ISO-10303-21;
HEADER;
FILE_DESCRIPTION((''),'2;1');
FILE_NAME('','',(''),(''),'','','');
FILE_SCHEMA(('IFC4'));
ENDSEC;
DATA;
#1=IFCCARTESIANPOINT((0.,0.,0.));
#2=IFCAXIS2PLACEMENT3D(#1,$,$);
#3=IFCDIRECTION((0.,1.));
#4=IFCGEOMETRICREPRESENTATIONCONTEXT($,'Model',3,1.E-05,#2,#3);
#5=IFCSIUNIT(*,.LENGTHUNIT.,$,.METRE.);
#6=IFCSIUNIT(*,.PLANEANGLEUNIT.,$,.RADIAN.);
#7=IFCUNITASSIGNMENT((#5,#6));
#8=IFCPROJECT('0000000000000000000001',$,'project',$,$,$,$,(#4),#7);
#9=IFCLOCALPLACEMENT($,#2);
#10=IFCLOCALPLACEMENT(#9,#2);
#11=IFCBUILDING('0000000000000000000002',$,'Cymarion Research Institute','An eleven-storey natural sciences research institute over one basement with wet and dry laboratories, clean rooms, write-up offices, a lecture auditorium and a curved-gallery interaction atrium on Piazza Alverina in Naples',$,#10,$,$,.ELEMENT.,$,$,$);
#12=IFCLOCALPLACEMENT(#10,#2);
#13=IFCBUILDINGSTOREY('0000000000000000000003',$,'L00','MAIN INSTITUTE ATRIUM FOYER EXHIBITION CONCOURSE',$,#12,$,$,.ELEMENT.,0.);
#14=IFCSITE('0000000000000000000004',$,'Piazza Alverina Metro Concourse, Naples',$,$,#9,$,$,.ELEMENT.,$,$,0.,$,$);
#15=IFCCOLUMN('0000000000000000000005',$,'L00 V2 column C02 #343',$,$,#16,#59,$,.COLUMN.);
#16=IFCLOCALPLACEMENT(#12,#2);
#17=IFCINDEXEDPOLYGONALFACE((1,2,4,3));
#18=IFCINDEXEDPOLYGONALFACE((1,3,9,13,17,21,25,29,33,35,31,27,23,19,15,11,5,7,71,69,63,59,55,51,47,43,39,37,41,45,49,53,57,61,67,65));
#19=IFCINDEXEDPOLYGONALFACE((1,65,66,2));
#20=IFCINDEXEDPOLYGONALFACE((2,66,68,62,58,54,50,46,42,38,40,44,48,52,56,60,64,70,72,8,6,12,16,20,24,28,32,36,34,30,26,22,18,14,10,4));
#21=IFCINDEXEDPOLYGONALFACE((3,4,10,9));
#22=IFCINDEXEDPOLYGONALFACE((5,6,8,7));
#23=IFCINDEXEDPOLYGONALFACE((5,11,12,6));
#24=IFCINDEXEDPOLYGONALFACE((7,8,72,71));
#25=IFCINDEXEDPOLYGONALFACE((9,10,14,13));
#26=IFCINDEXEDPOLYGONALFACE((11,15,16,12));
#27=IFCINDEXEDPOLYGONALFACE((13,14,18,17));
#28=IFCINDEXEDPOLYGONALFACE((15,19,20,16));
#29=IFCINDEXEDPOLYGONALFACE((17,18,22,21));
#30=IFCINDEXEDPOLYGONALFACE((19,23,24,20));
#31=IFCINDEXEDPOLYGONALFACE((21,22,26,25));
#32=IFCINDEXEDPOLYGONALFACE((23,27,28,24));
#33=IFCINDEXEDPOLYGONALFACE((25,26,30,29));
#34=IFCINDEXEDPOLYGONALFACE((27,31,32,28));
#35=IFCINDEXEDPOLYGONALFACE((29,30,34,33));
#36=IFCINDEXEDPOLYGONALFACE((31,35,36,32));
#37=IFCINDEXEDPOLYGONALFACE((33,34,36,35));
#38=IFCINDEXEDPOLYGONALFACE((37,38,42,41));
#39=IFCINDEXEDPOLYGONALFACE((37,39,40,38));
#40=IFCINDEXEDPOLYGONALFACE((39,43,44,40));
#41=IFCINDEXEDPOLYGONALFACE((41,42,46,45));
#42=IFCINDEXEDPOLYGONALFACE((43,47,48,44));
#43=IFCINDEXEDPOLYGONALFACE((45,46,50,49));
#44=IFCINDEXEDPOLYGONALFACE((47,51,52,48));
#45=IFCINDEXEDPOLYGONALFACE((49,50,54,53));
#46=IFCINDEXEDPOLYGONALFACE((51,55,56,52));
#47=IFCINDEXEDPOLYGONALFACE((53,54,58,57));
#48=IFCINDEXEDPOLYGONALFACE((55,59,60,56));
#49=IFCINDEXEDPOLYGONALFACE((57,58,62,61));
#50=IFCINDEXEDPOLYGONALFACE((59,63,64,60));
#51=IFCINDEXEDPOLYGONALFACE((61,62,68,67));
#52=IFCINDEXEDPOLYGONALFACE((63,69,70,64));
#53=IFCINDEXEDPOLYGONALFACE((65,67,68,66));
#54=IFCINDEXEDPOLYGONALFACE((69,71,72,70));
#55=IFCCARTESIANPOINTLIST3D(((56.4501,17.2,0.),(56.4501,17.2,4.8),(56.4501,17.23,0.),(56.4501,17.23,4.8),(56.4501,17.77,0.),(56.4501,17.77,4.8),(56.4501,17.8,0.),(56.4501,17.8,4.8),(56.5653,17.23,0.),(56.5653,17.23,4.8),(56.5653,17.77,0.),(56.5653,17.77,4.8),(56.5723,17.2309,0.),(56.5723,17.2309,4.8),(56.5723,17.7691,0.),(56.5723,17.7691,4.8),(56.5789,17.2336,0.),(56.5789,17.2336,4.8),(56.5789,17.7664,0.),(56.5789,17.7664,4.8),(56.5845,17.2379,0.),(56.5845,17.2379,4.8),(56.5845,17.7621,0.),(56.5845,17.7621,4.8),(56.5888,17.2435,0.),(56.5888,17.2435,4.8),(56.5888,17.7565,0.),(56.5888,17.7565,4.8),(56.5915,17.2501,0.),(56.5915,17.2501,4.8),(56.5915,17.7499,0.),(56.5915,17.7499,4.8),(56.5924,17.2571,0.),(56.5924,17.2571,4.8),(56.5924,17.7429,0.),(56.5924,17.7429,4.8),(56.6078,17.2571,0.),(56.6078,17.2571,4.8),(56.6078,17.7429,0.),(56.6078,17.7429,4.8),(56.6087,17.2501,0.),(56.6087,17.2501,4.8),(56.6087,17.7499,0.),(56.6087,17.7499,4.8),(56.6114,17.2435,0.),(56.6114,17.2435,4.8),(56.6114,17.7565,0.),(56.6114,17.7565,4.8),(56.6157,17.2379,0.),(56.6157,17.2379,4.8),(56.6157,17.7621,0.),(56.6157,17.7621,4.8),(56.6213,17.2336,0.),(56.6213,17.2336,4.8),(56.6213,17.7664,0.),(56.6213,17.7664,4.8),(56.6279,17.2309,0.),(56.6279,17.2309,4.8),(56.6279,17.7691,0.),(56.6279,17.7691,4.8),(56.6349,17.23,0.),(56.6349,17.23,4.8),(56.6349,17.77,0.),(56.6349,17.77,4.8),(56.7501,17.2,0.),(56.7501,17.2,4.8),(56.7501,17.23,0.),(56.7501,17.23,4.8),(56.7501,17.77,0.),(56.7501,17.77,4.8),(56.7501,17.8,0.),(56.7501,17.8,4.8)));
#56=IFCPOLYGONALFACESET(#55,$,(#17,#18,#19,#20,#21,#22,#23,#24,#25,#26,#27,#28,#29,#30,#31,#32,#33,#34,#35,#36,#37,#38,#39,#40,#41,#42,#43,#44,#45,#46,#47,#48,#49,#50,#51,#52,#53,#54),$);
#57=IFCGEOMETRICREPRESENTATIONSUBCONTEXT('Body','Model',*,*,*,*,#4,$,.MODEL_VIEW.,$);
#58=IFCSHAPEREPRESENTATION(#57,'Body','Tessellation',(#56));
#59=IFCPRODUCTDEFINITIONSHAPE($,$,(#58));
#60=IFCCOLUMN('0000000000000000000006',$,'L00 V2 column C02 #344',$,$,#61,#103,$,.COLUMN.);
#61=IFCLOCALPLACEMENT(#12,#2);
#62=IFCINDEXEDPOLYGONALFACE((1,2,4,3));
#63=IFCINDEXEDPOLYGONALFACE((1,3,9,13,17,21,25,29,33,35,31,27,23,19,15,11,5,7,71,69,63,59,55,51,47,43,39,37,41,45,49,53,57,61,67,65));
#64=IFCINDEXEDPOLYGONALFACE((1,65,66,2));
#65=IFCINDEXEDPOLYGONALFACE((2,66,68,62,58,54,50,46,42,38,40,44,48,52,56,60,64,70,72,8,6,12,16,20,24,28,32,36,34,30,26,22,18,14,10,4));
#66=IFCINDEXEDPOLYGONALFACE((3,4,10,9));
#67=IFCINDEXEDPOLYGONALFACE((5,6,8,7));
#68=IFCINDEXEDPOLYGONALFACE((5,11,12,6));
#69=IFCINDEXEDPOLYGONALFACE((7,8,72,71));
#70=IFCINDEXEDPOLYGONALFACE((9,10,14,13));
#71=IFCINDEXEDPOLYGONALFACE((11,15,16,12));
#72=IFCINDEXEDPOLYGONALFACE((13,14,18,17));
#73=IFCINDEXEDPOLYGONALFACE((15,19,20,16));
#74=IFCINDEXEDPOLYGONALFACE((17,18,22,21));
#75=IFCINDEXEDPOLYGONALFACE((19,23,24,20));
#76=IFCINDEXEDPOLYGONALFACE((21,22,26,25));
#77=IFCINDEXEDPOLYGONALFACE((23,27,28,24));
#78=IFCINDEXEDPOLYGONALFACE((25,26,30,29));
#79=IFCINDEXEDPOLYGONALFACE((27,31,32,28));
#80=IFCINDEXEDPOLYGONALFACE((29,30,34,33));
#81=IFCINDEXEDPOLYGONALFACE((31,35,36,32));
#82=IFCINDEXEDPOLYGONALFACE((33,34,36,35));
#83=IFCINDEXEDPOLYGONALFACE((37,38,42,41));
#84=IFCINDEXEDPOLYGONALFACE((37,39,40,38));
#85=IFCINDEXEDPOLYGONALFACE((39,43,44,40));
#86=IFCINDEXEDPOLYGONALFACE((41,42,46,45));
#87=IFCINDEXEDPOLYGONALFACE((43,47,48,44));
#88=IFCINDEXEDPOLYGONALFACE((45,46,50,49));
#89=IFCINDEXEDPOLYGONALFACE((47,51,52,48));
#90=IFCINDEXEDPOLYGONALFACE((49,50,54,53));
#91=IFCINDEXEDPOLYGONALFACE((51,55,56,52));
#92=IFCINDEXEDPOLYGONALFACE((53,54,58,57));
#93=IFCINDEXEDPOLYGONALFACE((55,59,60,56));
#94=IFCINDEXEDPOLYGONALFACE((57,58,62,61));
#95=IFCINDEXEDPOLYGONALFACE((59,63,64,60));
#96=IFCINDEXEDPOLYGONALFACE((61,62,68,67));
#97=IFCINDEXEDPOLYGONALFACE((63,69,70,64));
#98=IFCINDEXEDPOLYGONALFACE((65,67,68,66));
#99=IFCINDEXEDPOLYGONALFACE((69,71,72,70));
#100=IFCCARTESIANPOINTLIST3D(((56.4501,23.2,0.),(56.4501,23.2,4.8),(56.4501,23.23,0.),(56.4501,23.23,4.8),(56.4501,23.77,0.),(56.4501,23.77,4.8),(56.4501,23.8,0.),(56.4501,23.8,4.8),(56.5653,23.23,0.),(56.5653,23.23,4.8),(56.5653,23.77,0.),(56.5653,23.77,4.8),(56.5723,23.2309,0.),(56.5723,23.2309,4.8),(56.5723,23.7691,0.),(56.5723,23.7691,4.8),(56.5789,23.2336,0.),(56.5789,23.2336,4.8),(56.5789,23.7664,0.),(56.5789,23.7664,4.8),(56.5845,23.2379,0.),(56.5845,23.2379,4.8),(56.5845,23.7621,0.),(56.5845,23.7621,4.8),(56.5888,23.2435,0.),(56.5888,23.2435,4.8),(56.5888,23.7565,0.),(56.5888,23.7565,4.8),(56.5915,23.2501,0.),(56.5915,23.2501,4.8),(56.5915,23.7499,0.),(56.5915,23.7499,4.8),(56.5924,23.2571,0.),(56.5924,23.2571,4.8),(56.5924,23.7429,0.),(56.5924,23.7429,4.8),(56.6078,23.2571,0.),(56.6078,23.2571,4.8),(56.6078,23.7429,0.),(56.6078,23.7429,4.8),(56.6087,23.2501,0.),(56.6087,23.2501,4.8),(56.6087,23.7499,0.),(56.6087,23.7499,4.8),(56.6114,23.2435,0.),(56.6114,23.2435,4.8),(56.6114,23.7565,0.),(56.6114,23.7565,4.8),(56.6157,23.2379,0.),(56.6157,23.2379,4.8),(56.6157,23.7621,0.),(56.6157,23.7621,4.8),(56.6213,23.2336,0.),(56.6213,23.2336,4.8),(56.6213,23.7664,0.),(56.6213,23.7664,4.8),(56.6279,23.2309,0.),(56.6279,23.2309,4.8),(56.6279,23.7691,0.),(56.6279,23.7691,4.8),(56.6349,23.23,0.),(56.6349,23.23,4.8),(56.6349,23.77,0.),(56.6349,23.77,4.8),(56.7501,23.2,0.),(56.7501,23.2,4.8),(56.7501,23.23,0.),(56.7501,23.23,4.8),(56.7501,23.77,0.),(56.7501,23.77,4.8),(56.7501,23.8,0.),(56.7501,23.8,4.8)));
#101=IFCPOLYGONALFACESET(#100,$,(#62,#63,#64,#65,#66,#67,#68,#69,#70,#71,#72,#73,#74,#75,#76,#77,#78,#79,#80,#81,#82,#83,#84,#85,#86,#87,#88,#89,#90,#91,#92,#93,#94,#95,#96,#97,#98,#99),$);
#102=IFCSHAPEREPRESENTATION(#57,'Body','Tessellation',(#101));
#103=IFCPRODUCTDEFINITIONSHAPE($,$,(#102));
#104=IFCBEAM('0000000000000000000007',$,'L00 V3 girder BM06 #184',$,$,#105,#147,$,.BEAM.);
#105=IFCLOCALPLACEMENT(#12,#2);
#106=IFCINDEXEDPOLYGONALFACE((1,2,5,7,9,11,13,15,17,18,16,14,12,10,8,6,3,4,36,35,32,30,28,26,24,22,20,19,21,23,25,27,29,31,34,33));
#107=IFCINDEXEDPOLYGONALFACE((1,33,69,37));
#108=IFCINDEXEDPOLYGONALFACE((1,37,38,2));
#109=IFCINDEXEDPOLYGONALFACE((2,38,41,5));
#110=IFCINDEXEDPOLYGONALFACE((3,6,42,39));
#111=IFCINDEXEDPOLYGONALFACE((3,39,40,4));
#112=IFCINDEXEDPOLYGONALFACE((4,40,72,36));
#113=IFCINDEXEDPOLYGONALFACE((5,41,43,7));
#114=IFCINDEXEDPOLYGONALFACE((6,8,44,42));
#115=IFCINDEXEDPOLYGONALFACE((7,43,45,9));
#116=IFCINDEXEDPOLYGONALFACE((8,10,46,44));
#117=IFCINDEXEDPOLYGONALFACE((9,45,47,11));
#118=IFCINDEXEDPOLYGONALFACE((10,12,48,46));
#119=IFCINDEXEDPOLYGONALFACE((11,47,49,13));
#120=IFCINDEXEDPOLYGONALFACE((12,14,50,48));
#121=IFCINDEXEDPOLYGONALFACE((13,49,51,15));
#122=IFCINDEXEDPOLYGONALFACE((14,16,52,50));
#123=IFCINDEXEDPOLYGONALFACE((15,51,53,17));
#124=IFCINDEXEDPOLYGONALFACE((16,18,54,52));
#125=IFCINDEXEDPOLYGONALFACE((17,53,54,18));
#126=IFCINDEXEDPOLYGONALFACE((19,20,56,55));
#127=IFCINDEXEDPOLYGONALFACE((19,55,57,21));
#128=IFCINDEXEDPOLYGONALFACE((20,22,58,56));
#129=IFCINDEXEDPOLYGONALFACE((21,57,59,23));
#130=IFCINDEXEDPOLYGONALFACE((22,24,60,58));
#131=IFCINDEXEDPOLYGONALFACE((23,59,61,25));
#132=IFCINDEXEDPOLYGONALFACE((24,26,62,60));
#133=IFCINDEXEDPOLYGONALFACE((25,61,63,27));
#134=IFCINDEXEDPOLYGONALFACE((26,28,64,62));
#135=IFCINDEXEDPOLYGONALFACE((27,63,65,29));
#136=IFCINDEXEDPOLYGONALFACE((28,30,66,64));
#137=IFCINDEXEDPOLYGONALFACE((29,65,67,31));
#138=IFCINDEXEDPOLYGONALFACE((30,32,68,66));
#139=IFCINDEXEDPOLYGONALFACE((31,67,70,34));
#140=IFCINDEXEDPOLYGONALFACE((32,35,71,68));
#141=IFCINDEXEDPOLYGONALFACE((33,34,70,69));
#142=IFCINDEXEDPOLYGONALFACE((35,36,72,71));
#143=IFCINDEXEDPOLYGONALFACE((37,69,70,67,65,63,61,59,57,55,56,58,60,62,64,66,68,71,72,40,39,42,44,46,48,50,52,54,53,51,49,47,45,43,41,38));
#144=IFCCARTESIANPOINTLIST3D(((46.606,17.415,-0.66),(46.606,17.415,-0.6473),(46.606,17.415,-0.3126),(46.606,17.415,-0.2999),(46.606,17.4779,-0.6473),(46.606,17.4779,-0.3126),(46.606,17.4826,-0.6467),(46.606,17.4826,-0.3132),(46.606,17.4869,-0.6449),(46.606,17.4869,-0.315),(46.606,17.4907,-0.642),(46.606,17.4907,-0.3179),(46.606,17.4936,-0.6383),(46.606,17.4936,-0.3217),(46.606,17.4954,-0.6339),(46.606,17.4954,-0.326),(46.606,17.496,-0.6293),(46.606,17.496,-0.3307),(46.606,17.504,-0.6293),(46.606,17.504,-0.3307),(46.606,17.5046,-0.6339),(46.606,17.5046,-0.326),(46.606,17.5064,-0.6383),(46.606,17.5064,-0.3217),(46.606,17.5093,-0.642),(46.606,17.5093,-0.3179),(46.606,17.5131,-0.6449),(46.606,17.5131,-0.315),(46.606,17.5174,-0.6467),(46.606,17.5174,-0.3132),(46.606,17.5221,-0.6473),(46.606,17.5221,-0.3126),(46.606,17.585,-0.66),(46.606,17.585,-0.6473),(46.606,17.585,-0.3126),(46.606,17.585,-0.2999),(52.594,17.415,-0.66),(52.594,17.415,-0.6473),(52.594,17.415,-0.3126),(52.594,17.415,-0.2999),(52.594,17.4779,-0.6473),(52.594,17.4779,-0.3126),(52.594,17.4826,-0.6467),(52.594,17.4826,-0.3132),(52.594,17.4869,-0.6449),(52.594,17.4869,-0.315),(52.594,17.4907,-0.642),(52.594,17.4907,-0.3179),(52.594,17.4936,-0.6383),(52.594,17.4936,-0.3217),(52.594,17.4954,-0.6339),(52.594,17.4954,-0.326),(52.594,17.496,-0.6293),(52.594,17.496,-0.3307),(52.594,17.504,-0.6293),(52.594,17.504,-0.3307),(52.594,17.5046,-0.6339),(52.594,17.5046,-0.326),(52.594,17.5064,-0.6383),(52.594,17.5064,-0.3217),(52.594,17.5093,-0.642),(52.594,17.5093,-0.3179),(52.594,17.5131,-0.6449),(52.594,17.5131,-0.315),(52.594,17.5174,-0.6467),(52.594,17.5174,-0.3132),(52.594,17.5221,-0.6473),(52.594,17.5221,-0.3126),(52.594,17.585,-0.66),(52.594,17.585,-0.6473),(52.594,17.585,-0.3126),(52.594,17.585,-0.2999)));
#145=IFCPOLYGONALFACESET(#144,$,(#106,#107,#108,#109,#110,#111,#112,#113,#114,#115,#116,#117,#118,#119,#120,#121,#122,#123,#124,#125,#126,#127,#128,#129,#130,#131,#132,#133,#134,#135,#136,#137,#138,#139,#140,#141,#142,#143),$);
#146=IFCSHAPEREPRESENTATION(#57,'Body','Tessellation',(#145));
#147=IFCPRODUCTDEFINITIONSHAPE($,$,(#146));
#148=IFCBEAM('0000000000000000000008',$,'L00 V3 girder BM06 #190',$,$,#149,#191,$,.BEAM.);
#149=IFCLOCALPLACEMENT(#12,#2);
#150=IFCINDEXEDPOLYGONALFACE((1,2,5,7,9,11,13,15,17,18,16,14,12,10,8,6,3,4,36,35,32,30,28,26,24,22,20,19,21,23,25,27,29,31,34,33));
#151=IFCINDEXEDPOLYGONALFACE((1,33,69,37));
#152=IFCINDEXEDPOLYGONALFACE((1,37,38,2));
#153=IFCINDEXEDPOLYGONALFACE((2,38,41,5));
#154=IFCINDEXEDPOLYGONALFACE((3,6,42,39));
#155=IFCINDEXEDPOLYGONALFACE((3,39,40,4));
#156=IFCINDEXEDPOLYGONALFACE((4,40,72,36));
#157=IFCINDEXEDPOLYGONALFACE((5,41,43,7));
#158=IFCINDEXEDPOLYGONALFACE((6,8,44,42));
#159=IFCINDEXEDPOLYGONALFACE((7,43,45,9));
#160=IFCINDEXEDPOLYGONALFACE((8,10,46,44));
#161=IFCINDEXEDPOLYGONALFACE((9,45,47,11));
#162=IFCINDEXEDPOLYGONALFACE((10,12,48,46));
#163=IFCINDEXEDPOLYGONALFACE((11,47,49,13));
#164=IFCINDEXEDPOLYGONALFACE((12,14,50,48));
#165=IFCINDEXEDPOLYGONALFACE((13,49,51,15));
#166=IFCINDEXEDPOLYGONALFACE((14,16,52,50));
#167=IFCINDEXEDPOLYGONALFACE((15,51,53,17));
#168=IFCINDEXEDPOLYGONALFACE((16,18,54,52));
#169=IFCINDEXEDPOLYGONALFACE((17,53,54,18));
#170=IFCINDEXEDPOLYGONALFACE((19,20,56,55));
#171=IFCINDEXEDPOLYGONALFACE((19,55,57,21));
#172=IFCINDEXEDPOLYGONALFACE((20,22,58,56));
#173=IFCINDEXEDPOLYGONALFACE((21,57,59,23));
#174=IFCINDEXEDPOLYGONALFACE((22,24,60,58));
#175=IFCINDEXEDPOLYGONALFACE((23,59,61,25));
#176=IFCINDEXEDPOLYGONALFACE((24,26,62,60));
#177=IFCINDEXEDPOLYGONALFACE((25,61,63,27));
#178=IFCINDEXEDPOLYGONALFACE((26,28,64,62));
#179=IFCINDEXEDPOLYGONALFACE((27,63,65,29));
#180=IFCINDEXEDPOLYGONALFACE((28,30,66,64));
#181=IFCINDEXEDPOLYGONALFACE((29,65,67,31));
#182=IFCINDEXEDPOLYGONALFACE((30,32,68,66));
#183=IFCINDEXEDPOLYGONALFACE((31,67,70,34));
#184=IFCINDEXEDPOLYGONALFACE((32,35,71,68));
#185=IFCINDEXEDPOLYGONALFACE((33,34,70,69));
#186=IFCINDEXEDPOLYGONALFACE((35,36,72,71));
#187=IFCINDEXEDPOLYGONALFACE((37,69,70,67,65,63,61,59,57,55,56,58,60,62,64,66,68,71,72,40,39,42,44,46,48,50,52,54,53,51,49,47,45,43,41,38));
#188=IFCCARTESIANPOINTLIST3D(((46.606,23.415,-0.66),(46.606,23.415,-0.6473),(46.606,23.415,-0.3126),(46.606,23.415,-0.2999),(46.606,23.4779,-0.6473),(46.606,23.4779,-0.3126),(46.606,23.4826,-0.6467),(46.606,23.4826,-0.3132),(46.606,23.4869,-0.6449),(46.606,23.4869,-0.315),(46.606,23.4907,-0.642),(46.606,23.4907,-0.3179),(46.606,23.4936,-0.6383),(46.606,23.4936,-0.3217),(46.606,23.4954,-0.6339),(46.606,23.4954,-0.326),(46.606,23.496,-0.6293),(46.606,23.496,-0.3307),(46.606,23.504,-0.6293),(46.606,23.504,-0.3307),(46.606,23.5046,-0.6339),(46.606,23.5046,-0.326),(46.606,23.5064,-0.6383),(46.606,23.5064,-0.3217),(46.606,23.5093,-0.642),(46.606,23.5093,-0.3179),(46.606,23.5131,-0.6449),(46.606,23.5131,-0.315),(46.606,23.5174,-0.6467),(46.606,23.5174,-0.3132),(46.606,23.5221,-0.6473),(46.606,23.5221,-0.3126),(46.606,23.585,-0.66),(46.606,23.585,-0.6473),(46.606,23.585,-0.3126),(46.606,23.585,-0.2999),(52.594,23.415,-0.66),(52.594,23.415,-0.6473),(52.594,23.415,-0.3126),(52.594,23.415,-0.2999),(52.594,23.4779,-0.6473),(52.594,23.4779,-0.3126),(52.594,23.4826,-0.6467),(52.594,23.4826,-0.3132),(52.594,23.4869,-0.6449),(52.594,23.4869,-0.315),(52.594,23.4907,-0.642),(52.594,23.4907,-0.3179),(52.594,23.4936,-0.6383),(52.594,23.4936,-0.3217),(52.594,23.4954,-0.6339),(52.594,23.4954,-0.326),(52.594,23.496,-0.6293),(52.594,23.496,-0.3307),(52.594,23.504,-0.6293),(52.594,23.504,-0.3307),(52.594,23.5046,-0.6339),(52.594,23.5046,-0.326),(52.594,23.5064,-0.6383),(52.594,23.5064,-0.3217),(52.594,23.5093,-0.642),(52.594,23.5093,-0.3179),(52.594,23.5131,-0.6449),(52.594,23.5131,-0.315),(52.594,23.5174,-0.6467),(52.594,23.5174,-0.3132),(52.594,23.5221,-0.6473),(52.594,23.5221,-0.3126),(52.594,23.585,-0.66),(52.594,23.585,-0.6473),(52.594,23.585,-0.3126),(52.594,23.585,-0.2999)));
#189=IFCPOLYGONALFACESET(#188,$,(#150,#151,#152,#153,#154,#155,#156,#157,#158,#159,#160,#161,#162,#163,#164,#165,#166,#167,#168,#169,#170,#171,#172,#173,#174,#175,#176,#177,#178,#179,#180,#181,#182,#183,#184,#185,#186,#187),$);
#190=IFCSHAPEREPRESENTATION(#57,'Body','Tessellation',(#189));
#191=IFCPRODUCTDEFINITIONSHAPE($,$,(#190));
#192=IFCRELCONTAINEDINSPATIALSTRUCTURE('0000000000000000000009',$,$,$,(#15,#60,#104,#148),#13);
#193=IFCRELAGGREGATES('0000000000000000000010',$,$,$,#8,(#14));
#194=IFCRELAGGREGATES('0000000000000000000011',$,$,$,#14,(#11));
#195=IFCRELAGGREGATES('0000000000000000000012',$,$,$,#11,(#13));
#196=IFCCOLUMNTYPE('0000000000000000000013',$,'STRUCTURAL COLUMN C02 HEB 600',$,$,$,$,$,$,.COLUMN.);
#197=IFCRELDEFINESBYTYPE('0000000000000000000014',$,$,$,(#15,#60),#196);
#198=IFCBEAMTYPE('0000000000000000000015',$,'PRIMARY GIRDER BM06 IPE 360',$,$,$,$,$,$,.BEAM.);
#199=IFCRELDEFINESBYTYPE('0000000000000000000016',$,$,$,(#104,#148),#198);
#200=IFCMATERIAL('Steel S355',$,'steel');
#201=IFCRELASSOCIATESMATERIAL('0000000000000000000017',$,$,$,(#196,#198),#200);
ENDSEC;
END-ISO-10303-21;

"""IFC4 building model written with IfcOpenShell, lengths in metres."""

from ifc_helpers import new_model, si_unit, direction, frame, origin, origin_2d, place, context, subcontext, project, spatial, i_section, extrude, material, material_profile, profile_set, type_object, element, save


model = new_model("IFC4")

# Units and contexts
model_context = context("Model", 3, precision=1e-05, world=origin(), true_north=direction((0.0, 1.0)))
body_context = subcontext(model_context, "Body", "Model", "MODEL_VIEW")
ifc_project = project(units=[si_unit("LENGTHUNIT", "METRE"), si_unit("PLANEANGLEUNIT", "RADIAN")], contexts=[model_context])

# Site, building, storey
site_placement = place(None, origin())
site = spatial("IfcSite", under=ifc_project, at=site_placement, Name="Piazza Alverina Metro Concourse, Naples", CompositionType="ELEMENT", RefElevation=0.0)
building_placement = place(site_placement, origin())
building = spatial("IfcBuilding", under=site, at=building_placement, Name="Cymarion Research Institute", Description="An eleven-storey natural sciences research institute over one basement with wet and dry laboratories, clean rooms, write-up offices, a lecture auditorium and a curved-gallery interaction atrium on Piazza Alverina in Naples", CompositionType="ELEMENT")
storey_placement = place(building_placement, origin())
storey = spatial("IfcBuildingStorey", under=building, at=storey_placement, Name="L00", Description="MAIN INSTITUTE ATRIUM FOYER EXHIBITION CONCOURSE", CompositionType="ELEMENT", Elevation=0.0)

# Columns
ifc_material_1 = material(Name="Steel S355", Category="steel")
ifc_material_profile_1 = material_profile(ifc_material_1, i_section(OverallWidth=0.3, OverallDepth=0.6001, WebThickness=0.0154, FlangeThickness=0.03, FilletRadius=0.0271, at=origin_2d()), Name="HEB 600")
ifc_profile_set_1 = profile_set([ifc_material_profile_1], Name="Steel S355")
column_type = type_object("IfcColumnType", Name="STRUCTURAL COLUMN C02 HEB 600", PredefinedType="COLUMN", material=ifc_profile_set_1)
for number, where, z_axis, x_axis, name in (
    (1, (56.6001, 17.5, 0.0), (0.0, 0.0, 1.0), (1.0, 0.0, 0.0), "L00 V2 column C02 #343"),
    (2, (56.6001, 23.5, 0.0), (0.0, 0.0, 1.0), (1.0, 0.0, 0.0), "L00 V2 column C02 #344"),
):
    element("IfcColumn", number, at=place(storey_placement, frame(where, z_axis=z_axis, x_axis=x_axis)), inside=storey, type_object=column_type, Name=name, PredefinedType="COLUMN", context=body_context, shape_type="SweptSolid", body=[
        extrude(i_section(OverallWidth=0.3, OverallDepth=0.6001, WebThickness=0.0154, FlangeThickness=0.03, FilletRadius=0.0271, at=origin_2d()), origin(), (0.0, 0.0, 1.0), 4.8),
    ])

# Beams
ifc_material_profile_2 = material_profile(ifc_material_1, i_section(OverallWidth=0.1699, OverallDepth=0.3601, WebThickness=0.0081, FlangeThickness=0.0127, FilletRadius=0.0181, at=origin_2d()), Name="IPE 360")
ifc_profile_set_2 = profile_set([ifc_material_profile_2], Name="Steel S355")
beam_type_1 = type_object("IfcBeamType", Name="PRIMARY GIRDER BM06 IPE 360", PredefinedType="BEAM", material=ifc_profile_set_2)
for number, where, z_axis, x_axis, name in (
    (3, (46.606, 17.5, -0.48), (1.0, 0.0, 0.0), (0.0, 1.0, 0.0), "L00 V3 girder BM06 #184"),
    (4, (46.606, 23.5, -0.48), (1.0, 0.0, 0.0), (0.0, 1.0, 0.0), "L00 V3 girder BM06 #190"),
):
    element("IfcBeam", number, at=place(storey_placement, frame(where, z_axis=z_axis, x_axis=x_axis)), inside=storey, type_object=beam_type_1, Name=name, PredefinedType="BEAM", context=body_context, shape_type="SweptSolid", body=[
        extrude(i_section(OverallWidth=0.1699, OverallDepth=0.3601, WebThickness=0.0081, FlangeThickness=0.0127, FilletRadius=0.0181, at=origin_2d()), origin(), (0.0, 0.0, 1.0), 5.988),
    ])

save(model, "model.ifc")
